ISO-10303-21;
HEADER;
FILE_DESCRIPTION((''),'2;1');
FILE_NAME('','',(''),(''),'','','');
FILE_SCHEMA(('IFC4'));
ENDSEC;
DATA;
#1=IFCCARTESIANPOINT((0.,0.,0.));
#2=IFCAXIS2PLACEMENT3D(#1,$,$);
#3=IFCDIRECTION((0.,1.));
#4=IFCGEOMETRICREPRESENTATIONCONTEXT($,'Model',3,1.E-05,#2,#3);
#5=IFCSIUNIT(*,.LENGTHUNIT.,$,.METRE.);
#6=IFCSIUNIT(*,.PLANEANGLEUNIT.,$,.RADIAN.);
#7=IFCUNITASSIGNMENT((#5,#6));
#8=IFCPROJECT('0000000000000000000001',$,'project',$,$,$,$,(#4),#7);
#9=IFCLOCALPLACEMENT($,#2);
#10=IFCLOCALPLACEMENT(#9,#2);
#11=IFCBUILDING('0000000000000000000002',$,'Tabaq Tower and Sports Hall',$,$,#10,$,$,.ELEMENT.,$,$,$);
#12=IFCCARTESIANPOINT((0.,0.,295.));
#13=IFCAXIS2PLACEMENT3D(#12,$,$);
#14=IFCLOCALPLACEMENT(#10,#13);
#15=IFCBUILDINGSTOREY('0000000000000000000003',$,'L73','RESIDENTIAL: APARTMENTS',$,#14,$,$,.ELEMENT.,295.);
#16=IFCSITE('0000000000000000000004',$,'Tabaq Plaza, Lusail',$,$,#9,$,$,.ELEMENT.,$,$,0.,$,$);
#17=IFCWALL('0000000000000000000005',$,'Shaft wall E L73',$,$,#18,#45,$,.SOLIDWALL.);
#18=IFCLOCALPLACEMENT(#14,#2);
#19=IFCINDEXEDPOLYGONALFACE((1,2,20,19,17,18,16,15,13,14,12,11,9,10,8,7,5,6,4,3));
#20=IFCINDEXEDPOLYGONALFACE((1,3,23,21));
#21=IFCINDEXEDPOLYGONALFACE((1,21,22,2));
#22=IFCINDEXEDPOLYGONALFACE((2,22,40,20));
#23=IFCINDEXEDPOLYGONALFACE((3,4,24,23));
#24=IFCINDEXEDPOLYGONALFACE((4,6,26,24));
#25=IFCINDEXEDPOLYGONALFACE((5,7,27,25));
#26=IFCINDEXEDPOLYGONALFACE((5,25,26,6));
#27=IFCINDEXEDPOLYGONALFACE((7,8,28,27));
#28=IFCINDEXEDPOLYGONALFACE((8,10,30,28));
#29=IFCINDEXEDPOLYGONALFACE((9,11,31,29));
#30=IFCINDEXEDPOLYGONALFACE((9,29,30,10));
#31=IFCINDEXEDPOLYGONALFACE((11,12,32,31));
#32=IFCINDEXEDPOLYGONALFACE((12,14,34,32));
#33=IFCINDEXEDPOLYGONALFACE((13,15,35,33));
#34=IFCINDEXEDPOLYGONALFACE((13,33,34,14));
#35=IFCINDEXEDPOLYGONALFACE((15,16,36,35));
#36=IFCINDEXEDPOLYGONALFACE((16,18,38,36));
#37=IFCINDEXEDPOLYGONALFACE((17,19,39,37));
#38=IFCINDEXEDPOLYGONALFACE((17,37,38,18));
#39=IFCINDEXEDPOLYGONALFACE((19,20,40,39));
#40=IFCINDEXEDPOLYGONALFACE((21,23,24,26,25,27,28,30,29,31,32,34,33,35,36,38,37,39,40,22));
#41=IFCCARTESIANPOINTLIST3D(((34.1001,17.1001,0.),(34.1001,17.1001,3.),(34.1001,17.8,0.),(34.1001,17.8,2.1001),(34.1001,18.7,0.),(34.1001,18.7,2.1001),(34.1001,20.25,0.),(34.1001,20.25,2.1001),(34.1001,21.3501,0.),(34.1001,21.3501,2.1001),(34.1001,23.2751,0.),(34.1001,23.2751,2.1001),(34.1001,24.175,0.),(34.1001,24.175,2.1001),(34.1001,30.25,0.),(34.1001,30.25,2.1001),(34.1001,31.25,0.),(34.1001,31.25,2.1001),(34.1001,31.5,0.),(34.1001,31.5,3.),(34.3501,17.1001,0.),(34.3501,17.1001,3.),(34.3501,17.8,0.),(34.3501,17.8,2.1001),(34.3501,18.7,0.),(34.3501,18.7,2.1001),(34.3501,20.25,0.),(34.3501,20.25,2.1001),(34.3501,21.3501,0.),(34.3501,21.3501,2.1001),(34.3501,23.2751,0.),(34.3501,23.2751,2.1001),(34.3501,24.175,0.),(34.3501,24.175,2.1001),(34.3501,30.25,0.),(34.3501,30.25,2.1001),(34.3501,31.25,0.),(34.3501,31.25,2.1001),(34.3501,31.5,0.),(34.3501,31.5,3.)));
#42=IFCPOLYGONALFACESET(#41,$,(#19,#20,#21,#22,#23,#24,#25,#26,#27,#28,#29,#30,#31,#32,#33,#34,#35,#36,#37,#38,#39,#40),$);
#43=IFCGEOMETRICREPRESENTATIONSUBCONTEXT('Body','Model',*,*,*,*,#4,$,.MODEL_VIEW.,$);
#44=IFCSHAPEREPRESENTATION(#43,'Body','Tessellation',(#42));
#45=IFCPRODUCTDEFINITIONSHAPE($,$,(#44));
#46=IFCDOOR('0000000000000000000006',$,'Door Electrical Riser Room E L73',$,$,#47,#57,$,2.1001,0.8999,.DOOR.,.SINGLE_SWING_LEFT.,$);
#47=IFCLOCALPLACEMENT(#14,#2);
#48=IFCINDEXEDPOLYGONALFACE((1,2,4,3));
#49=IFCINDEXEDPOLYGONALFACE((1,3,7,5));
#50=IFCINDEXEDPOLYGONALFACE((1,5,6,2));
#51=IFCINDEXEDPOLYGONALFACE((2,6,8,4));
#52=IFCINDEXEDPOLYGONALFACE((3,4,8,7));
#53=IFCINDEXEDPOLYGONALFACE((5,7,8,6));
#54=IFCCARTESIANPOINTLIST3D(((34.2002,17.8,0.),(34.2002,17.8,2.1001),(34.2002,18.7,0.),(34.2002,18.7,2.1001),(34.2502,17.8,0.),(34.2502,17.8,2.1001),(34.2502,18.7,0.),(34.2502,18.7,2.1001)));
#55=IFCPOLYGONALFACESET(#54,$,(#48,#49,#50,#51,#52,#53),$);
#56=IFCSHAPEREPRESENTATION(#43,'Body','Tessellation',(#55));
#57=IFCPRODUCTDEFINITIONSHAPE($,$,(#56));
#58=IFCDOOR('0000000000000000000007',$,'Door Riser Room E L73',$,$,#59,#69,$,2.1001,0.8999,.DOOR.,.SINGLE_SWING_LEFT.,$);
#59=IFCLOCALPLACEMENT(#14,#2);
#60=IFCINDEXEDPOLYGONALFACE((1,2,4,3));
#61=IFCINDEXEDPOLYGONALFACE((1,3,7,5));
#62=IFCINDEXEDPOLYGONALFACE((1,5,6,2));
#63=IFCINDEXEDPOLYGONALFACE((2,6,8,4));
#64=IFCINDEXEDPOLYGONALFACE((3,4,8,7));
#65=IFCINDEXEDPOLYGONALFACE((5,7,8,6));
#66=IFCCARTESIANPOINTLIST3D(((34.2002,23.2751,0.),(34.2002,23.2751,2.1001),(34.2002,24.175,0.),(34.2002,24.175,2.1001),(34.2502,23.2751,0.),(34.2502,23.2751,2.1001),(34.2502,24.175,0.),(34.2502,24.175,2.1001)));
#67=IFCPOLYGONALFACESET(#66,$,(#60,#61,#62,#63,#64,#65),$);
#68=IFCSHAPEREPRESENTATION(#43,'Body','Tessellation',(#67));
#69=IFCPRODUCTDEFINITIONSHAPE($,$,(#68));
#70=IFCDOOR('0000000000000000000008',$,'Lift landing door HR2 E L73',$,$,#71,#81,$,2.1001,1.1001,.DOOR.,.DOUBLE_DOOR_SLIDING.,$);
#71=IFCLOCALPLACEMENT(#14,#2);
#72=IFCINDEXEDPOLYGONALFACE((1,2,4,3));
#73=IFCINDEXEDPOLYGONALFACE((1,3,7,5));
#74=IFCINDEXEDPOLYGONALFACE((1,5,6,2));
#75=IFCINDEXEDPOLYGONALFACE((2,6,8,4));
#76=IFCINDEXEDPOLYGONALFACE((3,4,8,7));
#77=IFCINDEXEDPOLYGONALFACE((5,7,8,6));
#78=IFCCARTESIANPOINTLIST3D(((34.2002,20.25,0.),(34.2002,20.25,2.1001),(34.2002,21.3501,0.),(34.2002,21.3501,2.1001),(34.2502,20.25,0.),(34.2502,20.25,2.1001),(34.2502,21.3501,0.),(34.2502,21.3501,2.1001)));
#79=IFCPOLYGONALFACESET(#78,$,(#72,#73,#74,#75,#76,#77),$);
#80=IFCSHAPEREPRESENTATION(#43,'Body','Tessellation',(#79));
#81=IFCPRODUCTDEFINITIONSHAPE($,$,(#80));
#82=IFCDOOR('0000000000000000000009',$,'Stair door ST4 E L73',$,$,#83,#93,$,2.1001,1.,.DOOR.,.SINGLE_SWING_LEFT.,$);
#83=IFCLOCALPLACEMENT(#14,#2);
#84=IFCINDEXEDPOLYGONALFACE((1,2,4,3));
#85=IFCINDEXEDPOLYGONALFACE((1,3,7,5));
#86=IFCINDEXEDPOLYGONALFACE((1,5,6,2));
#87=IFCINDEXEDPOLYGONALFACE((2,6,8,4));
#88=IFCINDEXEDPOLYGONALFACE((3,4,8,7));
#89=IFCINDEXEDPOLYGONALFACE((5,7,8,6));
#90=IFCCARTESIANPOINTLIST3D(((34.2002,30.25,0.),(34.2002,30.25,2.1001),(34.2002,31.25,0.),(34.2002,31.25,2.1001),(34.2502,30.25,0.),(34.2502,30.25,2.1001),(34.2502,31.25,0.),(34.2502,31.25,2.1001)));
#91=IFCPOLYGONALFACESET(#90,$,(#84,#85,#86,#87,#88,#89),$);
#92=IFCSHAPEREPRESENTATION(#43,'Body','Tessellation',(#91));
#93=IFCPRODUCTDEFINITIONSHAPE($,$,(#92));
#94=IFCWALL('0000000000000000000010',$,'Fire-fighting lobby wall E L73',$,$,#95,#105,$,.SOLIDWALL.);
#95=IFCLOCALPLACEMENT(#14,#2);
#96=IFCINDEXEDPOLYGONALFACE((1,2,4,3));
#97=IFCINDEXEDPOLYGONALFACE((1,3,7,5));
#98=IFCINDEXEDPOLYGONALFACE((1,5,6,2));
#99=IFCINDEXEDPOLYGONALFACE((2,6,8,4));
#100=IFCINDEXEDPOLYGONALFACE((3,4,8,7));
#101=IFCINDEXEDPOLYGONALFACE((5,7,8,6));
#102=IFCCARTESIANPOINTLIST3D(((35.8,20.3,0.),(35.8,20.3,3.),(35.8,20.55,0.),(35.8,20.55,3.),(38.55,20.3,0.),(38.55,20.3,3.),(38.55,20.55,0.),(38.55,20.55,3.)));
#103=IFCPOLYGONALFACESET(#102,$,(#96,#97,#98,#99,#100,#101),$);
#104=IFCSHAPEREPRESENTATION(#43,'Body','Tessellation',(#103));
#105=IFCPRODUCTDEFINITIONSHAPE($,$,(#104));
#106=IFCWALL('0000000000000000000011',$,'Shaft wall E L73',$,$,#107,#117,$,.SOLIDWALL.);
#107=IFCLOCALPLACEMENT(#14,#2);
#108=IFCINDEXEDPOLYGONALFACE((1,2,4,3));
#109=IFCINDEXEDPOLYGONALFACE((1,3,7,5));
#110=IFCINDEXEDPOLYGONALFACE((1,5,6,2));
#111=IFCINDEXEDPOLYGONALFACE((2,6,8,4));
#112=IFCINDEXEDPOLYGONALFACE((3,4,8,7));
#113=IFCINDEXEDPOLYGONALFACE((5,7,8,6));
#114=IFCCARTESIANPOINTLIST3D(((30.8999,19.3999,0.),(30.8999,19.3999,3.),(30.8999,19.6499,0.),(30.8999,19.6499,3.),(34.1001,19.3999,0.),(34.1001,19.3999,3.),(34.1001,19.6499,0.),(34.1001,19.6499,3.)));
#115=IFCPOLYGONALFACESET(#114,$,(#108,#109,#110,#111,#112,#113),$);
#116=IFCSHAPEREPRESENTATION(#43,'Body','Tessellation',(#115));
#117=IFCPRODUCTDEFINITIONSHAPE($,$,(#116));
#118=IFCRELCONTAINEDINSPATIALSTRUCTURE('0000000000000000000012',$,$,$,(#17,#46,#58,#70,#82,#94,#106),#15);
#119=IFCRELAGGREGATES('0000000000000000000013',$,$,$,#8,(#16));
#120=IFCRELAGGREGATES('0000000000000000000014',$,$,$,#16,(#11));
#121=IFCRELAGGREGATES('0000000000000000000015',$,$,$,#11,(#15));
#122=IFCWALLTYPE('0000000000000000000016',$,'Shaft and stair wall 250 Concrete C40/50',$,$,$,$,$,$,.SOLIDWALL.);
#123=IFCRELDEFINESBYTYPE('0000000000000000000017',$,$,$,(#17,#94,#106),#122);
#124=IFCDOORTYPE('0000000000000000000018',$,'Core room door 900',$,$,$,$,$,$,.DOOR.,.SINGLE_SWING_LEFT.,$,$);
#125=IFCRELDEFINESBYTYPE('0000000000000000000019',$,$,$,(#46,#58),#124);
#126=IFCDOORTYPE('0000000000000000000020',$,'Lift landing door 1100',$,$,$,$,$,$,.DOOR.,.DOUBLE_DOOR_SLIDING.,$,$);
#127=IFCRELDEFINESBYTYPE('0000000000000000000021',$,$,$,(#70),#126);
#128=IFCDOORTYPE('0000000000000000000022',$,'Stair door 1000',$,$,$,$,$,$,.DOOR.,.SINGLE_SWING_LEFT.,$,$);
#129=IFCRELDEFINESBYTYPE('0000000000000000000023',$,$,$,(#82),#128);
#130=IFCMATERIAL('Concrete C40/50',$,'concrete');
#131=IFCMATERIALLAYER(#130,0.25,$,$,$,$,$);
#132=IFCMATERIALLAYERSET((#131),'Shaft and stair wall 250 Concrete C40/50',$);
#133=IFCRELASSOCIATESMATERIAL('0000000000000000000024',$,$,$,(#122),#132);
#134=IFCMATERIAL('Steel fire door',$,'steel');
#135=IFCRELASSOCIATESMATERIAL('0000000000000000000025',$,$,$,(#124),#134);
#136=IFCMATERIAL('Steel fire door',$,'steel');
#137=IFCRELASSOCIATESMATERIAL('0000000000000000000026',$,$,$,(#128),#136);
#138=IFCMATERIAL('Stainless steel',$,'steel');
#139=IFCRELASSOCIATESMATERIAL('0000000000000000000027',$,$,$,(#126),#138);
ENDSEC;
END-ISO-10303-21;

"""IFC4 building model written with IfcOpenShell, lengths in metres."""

from ifc_helpers import new_model, si_unit, direction, frame, frame_2d, origin, place, context, subcontext, project, spatial, rectangle, extrude, material, layer, layer_set, type_object, element, fill, save


model = new_model("IFC4")

# Units and contexts
model_context = context("Model", 3, precision=1e-05, world=origin(), true_north=direction((0.0, 1.0)))
body_context = subcontext(model_context, "Body", "Model", "MODEL_VIEW")
ifc_project = project(units=[si_unit("LENGTHUNIT", "METRE"), si_unit("PLANEANGLEUNIT", "RADIAN")], contexts=[model_context])

# Site, building, storey
site_placement = place(None, origin())
site = spatial("IfcSite", under=ifc_project, at=site_placement, Name="Tabaq Plaza, Lusail", CompositionType="ELEMENT", RefElevation=0.0)
building_placement = place(site_placement, origin())
building = spatial("IfcBuilding", under=site, at=building_placement, Name="Tabaq Tower and Sports Hall", CompositionType="ELEMENT")
storey_placement = place(building_placement, frame((0.0, 0.0, 295.0)))
storey = spatial("IfcBuildingStorey", under=building, at=storey_placement, Name="L73", Description="RESIDENTIAL: APARTMENTS", CompositionType="ELEMENT", Elevation=295.0)

# Wall, openings, doors
ifc_material_1 = material(Name="Concrete C40/50", Category="concrete")
ifc_layer_1 = layer(ifc_material_1, 0.25)
ifc_layer_set_1 = layer_set([ifc_layer_1], Name="Shaft and stair wall 250 Concrete C40/50")
wall_type_1 = type_object("IfcWallType", Name="Shaft and stair wall 250 Concrete C40/50", PredefinedType="SOLIDWALL", material=ifc_layer_set_1)
ifc_material_2 = material(Name="Steel fire door", Category="steel")
door_type_1 = type_object("IfcDoorType", Name="Core room door 900", OperationType="SINGLE_SWING_LEFT", PredefinedType="DOOR", material=ifc_material_2)
ifc_material_3 = material(Name="Steel fire door", Category="steel")
door_type_2 = type_object("IfcDoorType", Name="Stair door 1000", OperationType="SINGLE_SWING_LEFT", PredefinedType="DOOR", material=ifc_material_3)
wall_1_placement = place(storey_placement, frame((34.2251, 17.1001, 0.0), z_axis=(0.0, 0.0, 1.0), x_axis=(0.0, 1.0, 0.0)))
wall_1 = element("IfcWall", 1, at=wall_1_placement, inside=storey, type_object=wall_type_1, Name="Shaft wall E L73", PredefinedType="SOLIDWALL", context=body_context, shape_type="SweptSolid", body=[
    extrude(rectangle(XDim=14.3999, YDim=0.25, at=frame_2d((7.2, 0.0))), origin(), (0.0, 0.0, 1.0), 3.0),
])
opening_1_placement = place(wall_1_placement, frame((13.1499, 0.0, 0.0)))
opening_1 = element("IfcOpeningElement", 2, at=opening_1_placement, cuts=wall_1, PredefinedType="OPENING", context=body_context, shape_type="SweptSolid", body=[
    extrude(rectangle(XDim=1.0, YDim=2.1001, at=frame_2d((0.5, 1.05))), frame((0.0, 0.125, 0.0), z_axis=(0.0, -1.0, 0.0), x_axis=(1.0, 0.0, 0.0)), (0.0, 0.0, 1.0), 0.25),
])
opening_2_placement = place(wall_1_placement, frame((3.1499, 0.0, 0.0)))
opening_2 = element("IfcOpeningElement", 3, at=opening_2_placement, cuts=wall_1, PredefinedType="OPENING", context=body_context, shape_type="SweptSolid", body=[
    extrude(rectangle(XDim=1.1001, YDim=2.1001, at=frame_2d((0.55, 1.05))), frame((0.0, 0.125, 0.0), z_axis=(0.0, -1.0, 0.0), x_axis=(1.0, 0.0, 0.0)), (0.0, 0.0, 1.0), 0.25),
])
opening_3_placement = place(wall_1_placement, frame((0.7, 0.0, 0.0)))
opening_3 = element("IfcOpeningElement", 4, at=opening_3_placement, cuts=wall_1, PredefinedType="OPENING", context=body_context, shape_type="SweptSolid", body=[
    extrude(rectangle(XDim=0.8999, YDim=2.1001, at=frame_2d((0.45, 1.05))), frame((0.0, 0.125, 0.0), z_axis=(0.0, -1.0, 0.0), x_axis=(1.0, 0.0, 0.0)), (0.0, 0.0, 1.0), 0.25),
])
opening_4_placement = place(wall_1_placement, frame((6.175, 0.0, 0.0)))
opening_4 = element("IfcOpeningElement", 5, at=opening_4_placement, cuts=wall_1, PredefinedType="OPENING", context=body_context, shape_type="SweptSolid", body=[
    extrude(rectangle(XDim=0.8999, YDim=2.1001, at=frame_2d((0.45, 1.05))), frame((0.0, 0.125, 0.0), z_axis=(0.0, -1.0, 0.0), x_axis=(1.0, 0.0, 0.0)), (0.0, 0.0, 1.0), 0.25),
])
door_1_placement = place(opening_3_placement, origin())
door_1 = element("IfcDoor", 6, at=door_1_placement, inside=storey, type_object=door_type_1, Name="Door Electrical Riser Room E L73", OperationType="SINGLE_SWING_LEFT", OverallHeight=2.1001, OverallWidth=0.8999, PredefinedType="DOOR", context=body_context, shape_type="SweptSolid", body=[
    extrude(rectangle(XDim=0.8999, YDim=2.1001, at=frame_2d((0.45, 1.05))), frame((0.0, 0.0249, 0.0), z_axis=(0.0, -1.0, 0.0), x_axis=(1.0, 0.0, 0.0)), (0.0, 0.0, 1.0), 0.05),
])
fill(opening_3, door_1)
door_2_placement = place(opening_4_placement, origin())
door_2 = element("IfcDoor", 7, at=door_2_placement, inside=storey, type_object=door_type_1, Name="Door Riser Room E L73", OperationType="SINGLE_SWING_LEFT", OverallHeight=2.1001, OverallWidth=0.8999, PredefinedType="DOOR", context=body_context, shape_type="SweptSolid", body=[
    extrude(rectangle(XDim=0.8999, YDim=2.1001, at=frame_2d((0.45, 1.05))), frame((0.0, 0.0249, 0.0), z_axis=(0.0, -1.0, 0.0), x_axis=(1.0, 0.0, 0.0)), (0.0, 0.0, 1.0), 0.05),
])
fill(opening_4, door_2)
ifc_material_4 = material(Name="Stainless steel", Category="steel")
door_type_3 = type_object("IfcDoorType", Name="Lift landing door 1100", OperationType="DOUBLE_DOOR_SLIDING", PredefinedType="DOOR", material=ifc_material_4)
door_3_placement = place(opening_2_placement, origin())
door_3 = element("IfcDoor", 8, at=door_3_placement, inside=storey, type_object=door_type_3, Name="Lift landing door HR2 E L73", OperationType="DOUBLE_DOOR_SLIDING", OverallHeight=2.1001, OverallWidth=1.1001, PredefinedType="DOOR", context=body_context, shape_type="SweptSolid", body=[
    extrude(rectangle(XDim=1.1001, YDim=2.1001, at=frame_2d((0.55, 1.05))), frame((0.0, 0.0249, 0.0), z_axis=(0.0, -1.0, 0.0), x_axis=(1.0, 0.0, 0.0)), (0.0, 0.0, 1.0), 0.05),
])
fill(opening_2, door_3)
door_4_placement = place(opening_1_placement, origin())
door_4 = element("IfcDoor", 9, at=door_4_placement, inside=storey, type_object=door_type_2, Name="Stair door ST4 E L73", OperationType="SINGLE_SWING_LEFT", OverallHeight=2.1001, OverallWidth=1.0, PredefinedType="DOOR", context=body_context, shape_type="SweptSolid", body=[
    extrude(rectangle(XDim=1.0, YDim=2.1001, at=frame_2d((0.5, 1.05))), frame((0.0, 0.0249, 0.0), z_axis=(0.0, -1.0, 0.0), x_axis=(1.0, 0.0, 0.0)), (0.0, 0.0, 1.0), 0.05),
])
fill(opening_1, door_4)

# Walls
wall_2_placement = place(storey_placement, frame((35.8, 20.425, 0.0), z_axis=(0.0, 0.0, 1.0), x_axis=(1.0, 0.0, 0.0)))
element("IfcWall", 10, at=wall_2_placement, inside=storey, type_object=wall_type_1, Name="Fire-fighting lobby wall E L73", PredefinedType="SOLIDWALL", context=body_context, shape_type="SweptSolid", body=[
    extrude(rectangle(XDim=2.75, YDim=0.25, at=frame_2d((1.375, 0.0))), origin(), (0.0, 0.0, 1.0), 3.0),
])
wall_3_placement = place(storey_placement, frame((30.8999, 19.5249, 0.0), z_axis=(0.0, 0.0, 1.0), x_axis=(1.0, 0.0, 0.0)))
element("IfcWall", 11, at=wall_3_placement, inside=storey, type_object=wall_type_1, Name="Shaft wall E L73", PredefinedType="SOLIDWALL", context=body_context, shape_type="SweptSolid", body=[
    extrude(rectangle(XDim=3.2002, YDim=0.25, at=frame_2d((1.6001, 0.0))), origin(), (0.0, 0.0, 1.0), 3.0),
])

save(model, "model.ifc")
